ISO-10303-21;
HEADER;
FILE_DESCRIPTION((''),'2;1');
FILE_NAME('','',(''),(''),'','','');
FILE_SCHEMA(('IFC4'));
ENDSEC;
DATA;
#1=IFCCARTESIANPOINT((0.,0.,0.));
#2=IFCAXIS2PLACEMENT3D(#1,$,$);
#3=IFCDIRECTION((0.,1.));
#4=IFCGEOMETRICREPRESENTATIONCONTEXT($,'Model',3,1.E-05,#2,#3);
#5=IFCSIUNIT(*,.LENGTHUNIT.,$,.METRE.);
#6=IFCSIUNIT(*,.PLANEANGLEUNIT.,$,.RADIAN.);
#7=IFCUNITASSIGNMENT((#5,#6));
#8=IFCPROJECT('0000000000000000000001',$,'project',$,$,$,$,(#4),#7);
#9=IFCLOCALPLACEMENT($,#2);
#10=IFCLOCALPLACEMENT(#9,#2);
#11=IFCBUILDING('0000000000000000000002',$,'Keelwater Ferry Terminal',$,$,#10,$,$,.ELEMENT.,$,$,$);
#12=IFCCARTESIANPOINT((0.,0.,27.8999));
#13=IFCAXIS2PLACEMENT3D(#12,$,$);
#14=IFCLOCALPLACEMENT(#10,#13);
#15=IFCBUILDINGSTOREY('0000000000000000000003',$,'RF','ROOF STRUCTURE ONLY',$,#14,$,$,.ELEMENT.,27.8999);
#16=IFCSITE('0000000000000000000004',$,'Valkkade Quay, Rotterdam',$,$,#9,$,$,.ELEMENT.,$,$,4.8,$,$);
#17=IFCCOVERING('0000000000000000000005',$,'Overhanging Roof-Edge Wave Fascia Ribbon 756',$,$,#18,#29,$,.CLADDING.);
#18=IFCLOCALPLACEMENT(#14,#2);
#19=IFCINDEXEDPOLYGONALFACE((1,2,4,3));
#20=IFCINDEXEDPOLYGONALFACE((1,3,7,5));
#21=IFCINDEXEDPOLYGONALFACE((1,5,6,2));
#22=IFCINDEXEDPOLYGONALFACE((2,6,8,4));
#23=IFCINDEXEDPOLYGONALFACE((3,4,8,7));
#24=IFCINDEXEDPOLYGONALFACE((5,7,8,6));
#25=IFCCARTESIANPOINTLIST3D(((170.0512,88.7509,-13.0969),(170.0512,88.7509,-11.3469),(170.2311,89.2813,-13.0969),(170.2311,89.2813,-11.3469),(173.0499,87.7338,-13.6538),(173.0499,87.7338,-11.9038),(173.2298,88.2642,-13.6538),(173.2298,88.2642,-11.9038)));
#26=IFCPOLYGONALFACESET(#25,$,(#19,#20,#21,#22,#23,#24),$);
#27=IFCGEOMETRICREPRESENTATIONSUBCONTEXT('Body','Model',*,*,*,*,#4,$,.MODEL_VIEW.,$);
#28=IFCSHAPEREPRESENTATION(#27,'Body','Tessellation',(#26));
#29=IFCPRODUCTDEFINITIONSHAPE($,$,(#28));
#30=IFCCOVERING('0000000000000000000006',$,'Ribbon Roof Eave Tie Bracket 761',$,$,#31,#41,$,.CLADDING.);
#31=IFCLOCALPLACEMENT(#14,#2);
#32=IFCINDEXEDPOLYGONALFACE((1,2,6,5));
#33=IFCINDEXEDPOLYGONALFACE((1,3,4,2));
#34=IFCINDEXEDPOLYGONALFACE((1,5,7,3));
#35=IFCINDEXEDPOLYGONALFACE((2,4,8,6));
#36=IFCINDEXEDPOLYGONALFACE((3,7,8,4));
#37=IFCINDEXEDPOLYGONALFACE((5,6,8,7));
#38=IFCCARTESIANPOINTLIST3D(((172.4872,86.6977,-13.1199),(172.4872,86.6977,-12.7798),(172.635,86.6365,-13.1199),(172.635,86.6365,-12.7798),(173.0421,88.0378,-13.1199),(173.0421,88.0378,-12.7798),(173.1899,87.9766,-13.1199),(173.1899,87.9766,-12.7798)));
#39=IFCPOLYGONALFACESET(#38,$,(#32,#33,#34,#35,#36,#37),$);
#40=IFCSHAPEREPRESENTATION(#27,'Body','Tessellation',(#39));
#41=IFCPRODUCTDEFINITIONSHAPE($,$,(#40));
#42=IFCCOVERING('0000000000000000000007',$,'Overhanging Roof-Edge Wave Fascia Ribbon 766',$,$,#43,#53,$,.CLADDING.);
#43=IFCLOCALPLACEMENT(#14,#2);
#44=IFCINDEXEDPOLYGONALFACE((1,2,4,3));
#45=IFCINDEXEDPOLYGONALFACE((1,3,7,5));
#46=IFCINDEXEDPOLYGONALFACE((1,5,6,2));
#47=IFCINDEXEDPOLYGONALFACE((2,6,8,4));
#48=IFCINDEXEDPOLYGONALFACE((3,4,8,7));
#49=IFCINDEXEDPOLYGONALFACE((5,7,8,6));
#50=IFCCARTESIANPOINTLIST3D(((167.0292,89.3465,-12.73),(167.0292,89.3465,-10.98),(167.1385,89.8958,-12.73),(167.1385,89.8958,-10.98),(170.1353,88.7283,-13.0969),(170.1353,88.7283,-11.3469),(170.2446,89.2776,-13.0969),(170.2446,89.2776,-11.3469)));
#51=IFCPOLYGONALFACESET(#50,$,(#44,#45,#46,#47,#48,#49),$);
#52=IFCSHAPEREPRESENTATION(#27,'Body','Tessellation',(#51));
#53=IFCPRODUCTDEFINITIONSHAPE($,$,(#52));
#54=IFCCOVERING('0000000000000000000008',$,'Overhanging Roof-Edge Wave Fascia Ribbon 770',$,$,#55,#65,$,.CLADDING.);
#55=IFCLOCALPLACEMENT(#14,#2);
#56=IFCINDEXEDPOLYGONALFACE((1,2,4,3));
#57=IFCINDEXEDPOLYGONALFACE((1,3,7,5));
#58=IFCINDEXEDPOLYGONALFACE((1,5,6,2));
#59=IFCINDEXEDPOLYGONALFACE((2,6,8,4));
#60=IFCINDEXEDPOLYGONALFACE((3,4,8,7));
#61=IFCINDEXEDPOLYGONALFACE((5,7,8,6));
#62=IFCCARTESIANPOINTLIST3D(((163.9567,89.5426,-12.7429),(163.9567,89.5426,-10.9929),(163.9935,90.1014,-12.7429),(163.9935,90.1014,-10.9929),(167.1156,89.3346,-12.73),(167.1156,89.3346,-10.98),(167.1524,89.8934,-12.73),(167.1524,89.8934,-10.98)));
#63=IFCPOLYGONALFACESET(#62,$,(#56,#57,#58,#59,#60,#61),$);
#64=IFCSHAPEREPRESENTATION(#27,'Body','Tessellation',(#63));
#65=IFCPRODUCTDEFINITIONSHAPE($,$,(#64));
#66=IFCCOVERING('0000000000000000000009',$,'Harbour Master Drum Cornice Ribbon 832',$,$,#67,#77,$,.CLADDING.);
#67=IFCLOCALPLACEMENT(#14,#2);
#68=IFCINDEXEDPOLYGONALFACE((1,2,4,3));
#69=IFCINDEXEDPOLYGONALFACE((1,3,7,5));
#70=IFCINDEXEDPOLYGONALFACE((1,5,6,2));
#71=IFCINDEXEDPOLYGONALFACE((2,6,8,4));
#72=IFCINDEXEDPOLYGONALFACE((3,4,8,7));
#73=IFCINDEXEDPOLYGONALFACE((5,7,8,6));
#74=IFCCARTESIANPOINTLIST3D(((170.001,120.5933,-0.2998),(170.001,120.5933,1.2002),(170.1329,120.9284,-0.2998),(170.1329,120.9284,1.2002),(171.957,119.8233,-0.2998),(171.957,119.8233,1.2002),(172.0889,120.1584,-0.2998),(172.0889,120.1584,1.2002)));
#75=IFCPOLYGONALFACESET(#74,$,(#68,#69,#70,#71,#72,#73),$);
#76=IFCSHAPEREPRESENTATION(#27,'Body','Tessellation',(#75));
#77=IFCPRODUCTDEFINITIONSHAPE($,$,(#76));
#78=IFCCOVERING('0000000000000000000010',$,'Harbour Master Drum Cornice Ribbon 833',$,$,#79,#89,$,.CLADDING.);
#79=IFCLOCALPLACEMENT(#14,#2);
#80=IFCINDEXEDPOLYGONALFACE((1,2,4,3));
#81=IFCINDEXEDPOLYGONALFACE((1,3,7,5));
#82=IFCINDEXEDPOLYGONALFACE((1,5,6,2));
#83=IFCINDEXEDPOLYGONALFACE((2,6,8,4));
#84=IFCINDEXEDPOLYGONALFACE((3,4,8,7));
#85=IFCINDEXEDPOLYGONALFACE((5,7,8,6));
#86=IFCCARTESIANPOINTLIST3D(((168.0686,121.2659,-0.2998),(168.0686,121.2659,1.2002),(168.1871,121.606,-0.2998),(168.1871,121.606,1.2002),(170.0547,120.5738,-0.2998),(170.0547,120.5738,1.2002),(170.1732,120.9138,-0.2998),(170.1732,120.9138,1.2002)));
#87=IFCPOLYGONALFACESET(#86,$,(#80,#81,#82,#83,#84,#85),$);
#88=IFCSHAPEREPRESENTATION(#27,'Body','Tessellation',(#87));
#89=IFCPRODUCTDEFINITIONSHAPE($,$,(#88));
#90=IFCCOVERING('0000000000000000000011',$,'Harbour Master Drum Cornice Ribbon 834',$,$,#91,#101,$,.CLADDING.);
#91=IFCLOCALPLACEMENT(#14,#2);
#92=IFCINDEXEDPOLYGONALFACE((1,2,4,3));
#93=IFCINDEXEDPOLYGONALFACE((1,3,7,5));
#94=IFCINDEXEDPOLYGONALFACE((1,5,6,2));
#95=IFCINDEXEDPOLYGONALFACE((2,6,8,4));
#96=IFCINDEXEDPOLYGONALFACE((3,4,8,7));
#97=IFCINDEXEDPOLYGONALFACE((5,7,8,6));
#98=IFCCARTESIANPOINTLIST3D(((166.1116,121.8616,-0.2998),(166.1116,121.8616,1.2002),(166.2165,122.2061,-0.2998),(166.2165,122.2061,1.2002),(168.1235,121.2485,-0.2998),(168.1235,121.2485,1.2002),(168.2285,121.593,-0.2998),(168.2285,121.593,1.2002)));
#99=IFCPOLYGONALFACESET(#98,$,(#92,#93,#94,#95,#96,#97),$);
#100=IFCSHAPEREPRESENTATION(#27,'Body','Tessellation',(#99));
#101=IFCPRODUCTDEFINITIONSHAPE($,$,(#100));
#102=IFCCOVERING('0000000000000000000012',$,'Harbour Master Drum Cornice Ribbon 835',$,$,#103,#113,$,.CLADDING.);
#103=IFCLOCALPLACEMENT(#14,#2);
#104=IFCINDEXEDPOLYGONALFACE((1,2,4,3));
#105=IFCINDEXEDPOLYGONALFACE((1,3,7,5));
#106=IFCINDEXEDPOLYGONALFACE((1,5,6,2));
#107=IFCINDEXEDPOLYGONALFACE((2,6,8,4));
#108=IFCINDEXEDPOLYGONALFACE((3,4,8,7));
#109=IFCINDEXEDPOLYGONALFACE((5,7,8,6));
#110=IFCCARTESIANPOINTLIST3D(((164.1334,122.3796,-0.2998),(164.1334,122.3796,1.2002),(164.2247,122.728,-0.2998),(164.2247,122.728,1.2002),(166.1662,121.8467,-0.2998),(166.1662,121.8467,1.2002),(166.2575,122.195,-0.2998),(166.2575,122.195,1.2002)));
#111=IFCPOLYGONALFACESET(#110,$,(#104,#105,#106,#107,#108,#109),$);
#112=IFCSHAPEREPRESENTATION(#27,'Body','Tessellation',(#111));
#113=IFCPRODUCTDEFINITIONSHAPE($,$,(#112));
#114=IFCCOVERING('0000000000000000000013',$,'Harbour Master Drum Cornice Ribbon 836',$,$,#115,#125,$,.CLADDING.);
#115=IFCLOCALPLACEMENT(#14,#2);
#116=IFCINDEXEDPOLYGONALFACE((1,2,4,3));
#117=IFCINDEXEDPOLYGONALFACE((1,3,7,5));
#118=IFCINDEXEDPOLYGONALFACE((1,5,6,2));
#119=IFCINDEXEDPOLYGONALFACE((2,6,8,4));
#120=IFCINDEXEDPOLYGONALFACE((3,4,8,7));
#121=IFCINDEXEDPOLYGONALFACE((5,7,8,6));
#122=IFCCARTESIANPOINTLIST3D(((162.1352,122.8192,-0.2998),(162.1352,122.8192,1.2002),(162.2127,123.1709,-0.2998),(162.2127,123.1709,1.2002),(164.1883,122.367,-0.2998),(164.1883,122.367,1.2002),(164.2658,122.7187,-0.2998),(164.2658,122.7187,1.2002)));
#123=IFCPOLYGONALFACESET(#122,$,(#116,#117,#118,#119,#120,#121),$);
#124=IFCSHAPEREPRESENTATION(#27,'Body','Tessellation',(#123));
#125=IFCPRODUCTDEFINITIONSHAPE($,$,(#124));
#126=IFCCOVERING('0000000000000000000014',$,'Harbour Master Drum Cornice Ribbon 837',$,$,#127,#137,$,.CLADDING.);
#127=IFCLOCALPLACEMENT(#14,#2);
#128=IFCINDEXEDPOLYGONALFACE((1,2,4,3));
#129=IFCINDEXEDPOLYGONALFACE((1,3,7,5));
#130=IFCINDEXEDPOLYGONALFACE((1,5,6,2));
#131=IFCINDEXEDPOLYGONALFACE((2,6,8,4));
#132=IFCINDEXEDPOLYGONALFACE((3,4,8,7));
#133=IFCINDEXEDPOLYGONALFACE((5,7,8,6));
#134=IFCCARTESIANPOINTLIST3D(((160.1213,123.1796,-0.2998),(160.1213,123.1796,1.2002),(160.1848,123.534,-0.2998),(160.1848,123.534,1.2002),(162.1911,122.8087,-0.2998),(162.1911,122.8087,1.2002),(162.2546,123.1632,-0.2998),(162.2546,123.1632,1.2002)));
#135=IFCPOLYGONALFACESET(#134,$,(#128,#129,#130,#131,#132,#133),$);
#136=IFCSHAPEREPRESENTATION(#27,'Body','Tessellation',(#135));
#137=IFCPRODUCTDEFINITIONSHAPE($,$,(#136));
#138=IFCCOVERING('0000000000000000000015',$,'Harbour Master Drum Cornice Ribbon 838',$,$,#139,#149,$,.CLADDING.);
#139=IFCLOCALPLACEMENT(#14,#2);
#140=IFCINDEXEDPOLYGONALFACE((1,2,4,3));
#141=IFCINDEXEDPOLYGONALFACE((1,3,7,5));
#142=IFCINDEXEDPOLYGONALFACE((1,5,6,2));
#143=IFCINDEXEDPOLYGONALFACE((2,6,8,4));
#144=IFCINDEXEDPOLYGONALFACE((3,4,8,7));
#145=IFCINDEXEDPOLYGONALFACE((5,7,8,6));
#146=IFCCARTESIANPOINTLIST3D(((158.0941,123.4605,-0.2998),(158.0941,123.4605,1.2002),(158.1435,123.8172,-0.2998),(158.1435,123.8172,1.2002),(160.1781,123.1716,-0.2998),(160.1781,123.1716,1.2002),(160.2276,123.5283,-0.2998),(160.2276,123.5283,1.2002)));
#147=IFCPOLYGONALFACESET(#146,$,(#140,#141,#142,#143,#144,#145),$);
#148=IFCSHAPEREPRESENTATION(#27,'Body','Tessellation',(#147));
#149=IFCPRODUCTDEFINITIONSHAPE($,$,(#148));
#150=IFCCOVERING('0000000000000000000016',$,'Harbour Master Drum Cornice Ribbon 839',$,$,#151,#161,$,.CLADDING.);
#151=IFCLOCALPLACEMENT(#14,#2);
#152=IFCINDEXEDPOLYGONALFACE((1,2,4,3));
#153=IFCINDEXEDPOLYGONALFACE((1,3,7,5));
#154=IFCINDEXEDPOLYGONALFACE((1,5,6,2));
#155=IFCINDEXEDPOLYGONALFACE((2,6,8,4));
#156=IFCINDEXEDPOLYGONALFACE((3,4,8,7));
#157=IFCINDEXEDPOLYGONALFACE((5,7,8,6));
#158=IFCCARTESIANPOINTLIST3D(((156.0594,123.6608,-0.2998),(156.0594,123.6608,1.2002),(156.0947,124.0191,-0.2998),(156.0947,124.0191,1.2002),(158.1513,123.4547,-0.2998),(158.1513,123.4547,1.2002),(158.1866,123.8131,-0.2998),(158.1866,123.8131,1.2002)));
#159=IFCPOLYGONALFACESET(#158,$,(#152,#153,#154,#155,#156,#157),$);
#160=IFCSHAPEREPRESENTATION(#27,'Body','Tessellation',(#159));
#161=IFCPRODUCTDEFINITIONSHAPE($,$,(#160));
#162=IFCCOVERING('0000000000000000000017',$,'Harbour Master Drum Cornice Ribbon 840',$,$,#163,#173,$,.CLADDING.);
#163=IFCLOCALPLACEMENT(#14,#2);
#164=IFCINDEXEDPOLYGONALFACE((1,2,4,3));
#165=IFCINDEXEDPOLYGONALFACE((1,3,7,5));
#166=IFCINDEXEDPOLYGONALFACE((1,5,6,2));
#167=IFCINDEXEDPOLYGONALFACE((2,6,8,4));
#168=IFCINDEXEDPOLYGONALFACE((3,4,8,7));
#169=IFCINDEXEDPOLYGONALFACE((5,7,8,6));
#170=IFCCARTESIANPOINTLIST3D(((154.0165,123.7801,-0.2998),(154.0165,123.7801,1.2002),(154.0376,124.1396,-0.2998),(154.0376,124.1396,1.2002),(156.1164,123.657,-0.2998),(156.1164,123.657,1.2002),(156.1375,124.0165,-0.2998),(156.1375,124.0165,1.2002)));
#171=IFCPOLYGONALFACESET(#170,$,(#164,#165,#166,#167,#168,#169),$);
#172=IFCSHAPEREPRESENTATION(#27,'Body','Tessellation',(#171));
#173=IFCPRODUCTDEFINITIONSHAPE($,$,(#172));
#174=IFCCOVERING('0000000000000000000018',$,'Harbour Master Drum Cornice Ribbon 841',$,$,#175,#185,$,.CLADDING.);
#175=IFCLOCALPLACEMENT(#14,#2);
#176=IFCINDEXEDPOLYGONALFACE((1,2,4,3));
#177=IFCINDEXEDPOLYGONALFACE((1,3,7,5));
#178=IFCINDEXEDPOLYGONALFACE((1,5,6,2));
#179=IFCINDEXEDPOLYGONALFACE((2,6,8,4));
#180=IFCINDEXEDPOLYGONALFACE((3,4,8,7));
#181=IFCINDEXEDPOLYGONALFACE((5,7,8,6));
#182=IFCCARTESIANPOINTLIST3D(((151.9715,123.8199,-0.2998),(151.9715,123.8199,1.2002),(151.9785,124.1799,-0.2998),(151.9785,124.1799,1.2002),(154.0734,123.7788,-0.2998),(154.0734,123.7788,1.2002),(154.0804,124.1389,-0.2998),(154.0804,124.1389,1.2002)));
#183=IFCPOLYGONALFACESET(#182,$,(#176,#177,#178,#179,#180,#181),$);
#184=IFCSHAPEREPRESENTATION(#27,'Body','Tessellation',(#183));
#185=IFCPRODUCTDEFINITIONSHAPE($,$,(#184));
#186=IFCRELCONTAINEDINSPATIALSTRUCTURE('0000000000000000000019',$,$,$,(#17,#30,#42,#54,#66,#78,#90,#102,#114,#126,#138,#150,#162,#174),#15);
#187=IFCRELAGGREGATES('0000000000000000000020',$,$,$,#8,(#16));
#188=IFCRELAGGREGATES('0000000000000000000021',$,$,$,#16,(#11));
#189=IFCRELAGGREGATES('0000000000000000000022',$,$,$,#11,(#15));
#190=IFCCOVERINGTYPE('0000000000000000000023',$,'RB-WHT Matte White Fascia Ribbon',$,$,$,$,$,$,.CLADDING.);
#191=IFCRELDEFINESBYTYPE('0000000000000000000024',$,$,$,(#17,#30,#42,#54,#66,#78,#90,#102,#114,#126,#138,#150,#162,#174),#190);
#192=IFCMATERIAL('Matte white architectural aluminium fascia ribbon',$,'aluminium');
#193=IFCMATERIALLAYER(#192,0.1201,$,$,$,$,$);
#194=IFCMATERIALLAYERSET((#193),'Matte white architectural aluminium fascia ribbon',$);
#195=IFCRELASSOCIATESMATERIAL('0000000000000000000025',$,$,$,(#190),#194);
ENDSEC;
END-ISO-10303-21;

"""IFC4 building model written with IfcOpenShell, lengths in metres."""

from ifc_helpers import new_model, si_unit, direction, frame, frame_2d, origin, place, context, subcontext, project, spatial, polyline, rectangle, outline, extrude, material, layer, layer_set, type_object, element, save


model = new_model("IFC4")

# Units and contexts
model_context = context("Model", 3, precision=1e-05, world=origin(), true_north=direction((0.0, 1.0)))
body_context = subcontext(model_context, "Body", "Model", "MODEL_VIEW")
ifc_project = project(units=[si_unit("LENGTHUNIT", "METRE"), si_unit("PLANEANGLEUNIT", "RADIAN")], contexts=[model_context])

# Site, building, storey
site_placement = place(None, origin())
site = spatial("IfcSite", under=ifc_project, at=site_placement, Name="Valkkade Quay, Rotterdam", CompositionType="ELEMENT", RefElevation=4.8)
building_placement = place(site_placement, origin())
building = spatial("IfcBuilding", under=site, at=building_placement, Name="Keelwater Ferry Terminal", CompositionType="ELEMENT")
storey_placement = place(building_placement, frame((0.0, 0.0, 27.8999)))
storey = spatial("IfcBuildingStorey", under=building, at=storey_placement, Name="RF", Description="ROOF STRUCTURE ONLY", CompositionType="ELEMENT", Elevation=27.8999)

# Coverings
ifc_material_1 = material(Name="Matte white architectural aluminium fascia ribbon", Category="aluminium")
ifc_layer_1 = layer(ifc_material_1, 0.1201)
ifc_layer_set_1 = layer_set([ifc_layer_1], Name="Matte white architectural aluminium fascia ribbon")
covering_type = type_object("IfcCoveringType", Name="RB-WHT Matte White Fascia Ribbon", PredefinedType="CLADDING", material=ifc_layer_set_1)
covering_1_placement = place(storey_placement, frame((173.1399, 87.999, -13.6538), z_axis=(0.0, 0.0, 1.0), x_axis=(-0.947013, 0.321196, 0.0)))
element("IfcCovering", 1, at=covering_1_placement, inside=storey, type_object=covering_type, Name="Overhanging Roof-Edge Wave Fascia Ribbon 756", PredefinedType="CLADDING", context=body_context, shape_type="SweptSolid", body=[
    extrude(outline(polyline([(0.0, 0.0), (3.1665, 0.5569), (3.1665, 2.3069), (0.0, 1.75), (0.0, 0.0)])), frame((0.0, 0.28, 0.0), z_axis=(0.0, -1.0, 0.0), x_axis=(1.0, 0.0, 0.0)), (0.0, 0.0, 1.0), 0.5601),
])
covering_2_placement = place(storey_placement, frame((173.116, 88.0071, -13.1199), z_axis=(0.0, 0.0, 1.0), x_axis=(-0.382595, -0.923916, 0.0)))
element("IfcCovering", 2, at=covering_2_placement, inside=storey, type_object=covering_type, Name="Ribbon Roof Eave Tie Bracket 761", PredefinedType="CLADDING", context=body_context, shape_type="SweptSolid", body=[
    extrude(rectangle(XDim=1.4504, YDim=0.1599, at=frame_2d((0.7251, 0.0))), origin(), (0.0, 0.0, 1.0), 0.3401),
])
covering_3_placement = place(storey_placement, frame((170.1899, 89.0029, -13.0969), z_axis=(0.0, 0.0, 1.0), x_axis=(-0.980764, 0.195197, 0.0)))
element("IfcCovering", 3, at=covering_3_placement, inside=storey, type_object=covering_type, Name="Overhanging Roof-Edge Wave Fascia Ribbon 766", PredefinedType="CLADDING", context=body_context, shape_type="SweptSolid", body=[
    extrude(outline(polyline([(0.0, 0.0), (3.167, 0.3669), (3.167, 2.1169), (0.0, 1.75), (0.0, 0.0)])), frame((0.0, 0.28, 0.0), z_axis=(0.0, -1.0, 0.0), x_axis=(1.0, 0.0, 0.0)), (0.0, 0.0, 1.0), 0.5601),
])
covering_4_placement = place(storey_placement, frame((167.134, 89.614, -12.7429), z_axis=(0.0, 0.0, 1.0), x_axis=(-0.997839, 0.065705, 0.0)))
element("IfcCovering", 4, at=covering_4_placement, inside=storey, type_object=covering_type, Name="Overhanging Roof-Edge Wave Fascia Ribbon 770", PredefinedType="CLADDING", context=body_context, shape_type="SweptSolid", body=[
    extrude(outline(polyline([(0.0, 0.0129), (3.1658, 0.0), (3.1658, 1.75), (0.0, 1.7629), (0.0, 0.0129)])), frame((0.0, 0.28, 0.0), z_axis=(0.0, -1.0, 0.0), x_axis=(1.0, 0.0, 0.0)), (0.0, 0.0, 1.0), 0.5601),
])
covering_5_placement = place(storey_placement, frame((172.0229, 119.991, -0.2998), z_axis=(0.0, 0.0, 1.0), x_axis=(-0.930497, 0.366299, 0.0)))
element("IfcCovering", 5, at=covering_5_placement, inside=storey, type_object=covering_type, Name="Harbour Master Drum Cornice Ribbon 832", PredefinedType="CLADDING", context=body_context, shape_type="SweptSolid", body=[
    extrude(outline(polyline([(0.0, 0.0), (2.1021, 0.0), (2.1021, 1.5), (0.0, 1.5), (0.0, 0.0)])), frame((0.0, 0.1802, 0.0), z_axis=(0.0, -1.0, 0.0), x_axis=(1.0, 0.0, 0.0)), (0.0, 0.0, 1.0), 0.3601),
])
for number, where, z_axis, x_axis, name in (
    (6, (170.114, 120.7439, -0.2998), (0.0, 0.0, 1.0), (-0.944301, 0.329083, 0.0), "Harbour Master Drum Cornice Ribbon 833"),
    (7, (168.176, 121.4209, -0.2998), (0.0, 0.0, 1.0), (-0.956581, 0.291466, 0.0), "Harbour Master Drum Cornice Ribbon 834"),
):
    element("IfcCovering", number, at=place(storey_placement, frame(where, z_axis=z_axis, x_axis=x_axis)), inside=storey, type_object=covering_type, Name=name, PredefinedType="CLADDING", context=body_context, shape_type="SweptSolid", body=[
        extrude(outline(polyline([(0.0, 0.0), (2.1033, 0.0), (2.1033, 1.5), (0.0, 1.5), (0.0, 0.0)])), frame((0.0, 0.1802, 0.0), z_axis=(0.0, -1.0, 0.0), x_axis=(1.0, 0.0, 0.0)), (0.0, 0.0, 1.0), 0.3601),
    ])
covering_6_placement = place(storey_placement, frame((166.2119, 122.021, -0.2998), z_axis=(0.0, 0.0, 1.0), x_axis=(-0.967312, 0.25359, 0.0)))
element("IfcCovering", 8, at=covering_6_placement, inside=storey, type_object=covering_type, Name="Harbour Master Drum Cornice Ribbon 835", PredefinedType="CLADDING", context=body_context, shape_type="SweptSolid", body=[
    extrude(outline(polyline([(0.0, 0.0), (2.1016, 0.0), (2.1016, 1.5), (0.0, 1.5), (0.0, 0.0)])), frame((0.0, 0.1802, 0.0), z_axis=(0.0, -1.0, 0.0), x_axis=(1.0, 0.0, 0.0)), (0.0, 0.0, 1.0), 0.3601),
])
covering_7_placement = place(storey_placement, frame((164.2271, 122.543, -0.2998), z_axis=(0.0, 0.0, 1.0), x_axis=(-0.976595, 0.215086, 0.0)))
element("IfcCovering", 9, at=covering_7_placement, inside=storey, type_object=covering_type, Name="Harbour Master Drum Cornice Ribbon 836", PredefinedType="CLADDING", context=body_context, shape_type="SweptSolid", body=[
    extrude(outline(polyline([(0.0, 0.0), (2.1023, 0.0), (2.1023, 1.5), (0.0, 1.5), (0.0, 0.0)])), frame((0.0, 0.1802, 0.0), z_axis=(0.0, -1.0, 0.0), x_axis=(1.0, 0.0, 0.0)), (0.0, 0.0, 1.0), 0.3601),
])
covering_8_placement = place(storey_placement, frame((162.2229, 122.9861, -0.2998), z_axis=(0.0, 0.0, 1.0), x_axis=(-0.984326, 0.176361, 0.0)))
element("IfcCovering", 10, at=covering_8_placement, inside=storey, type_object=covering_type, Name="Harbour Master Drum Cornice Ribbon 837", PredefinedType="CLADDING", context=body_context, shape_type="SweptSolid", body=[
    extrude(outline(polyline([(0.0, 0.0), (2.1028, 0.0), (2.1028, 1.5), (0.0, 1.5), (0.0, 0.0)])), frame((0.0, 0.1802, 0.0), z_axis=(0.0, -1.0, 0.0), x_axis=(1.0, 0.0, 0.0)), (0.0, 0.0, 1.0), 0.3601),
])
covering_9_placement = place(storey_placement, frame((160.2029, 123.3501, -0.2998), z_axis=(0.0, 0.0, 1.0), x_axis=(-0.990533, 0.137277, 0.0)))
element("IfcCovering", 11, at=covering_9_placement, inside=storey, type_object=covering_type, Name="Harbour Master Drum Cornice Ribbon 838", PredefinedType="CLADDING", context=body_context, shape_type="SweptSolid", body=[
    extrude(outline(polyline([(0.0, 0.0), (2.104, 0.0), (2.104, 1.5), (0.0, 1.5), (0.0, 0.0)])), frame((0.0, 0.1802, 0.0), z_axis=(0.0, -1.0, 0.0), x_axis=(1.0, 0.0, 0.0)), (0.0, 0.0, 1.0), 0.3601),
])
covering_10_placement = place(storey_placement, frame((158.1689, 123.634, -0.2998), z_axis=(0.0, 0.0, 1.0), x_axis=(-0.995184, 0.09802, 0.0)))
element("IfcCovering", 12, at=covering_10_placement, inside=storey, type_object=covering_type, Name="Harbour Master Drum Cornice Ribbon 839", PredefinedType="CLADDING", context=body_context, shape_type="SweptSolid", body=[
    extrude(outline(polyline([(0.0, 0.0), (2.1021, 0.0), (2.1021, 1.5), (0.0, 1.5), (0.0, 0.0)])), frame((0.0, 0.1802, 0.0), z_axis=(0.0, -1.0, 0.0), x_axis=(1.0, 0.0, 0.0)), (0.0, 0.0, 1.0), 0.3601),
])
covering_11_placement = place(storey_placement, frame((156.127, 123.8369, -0.2998), z_axis=(0.0, 0.0, 1.0), x_axis=(-0.998288, 0.058497, 0.0)))
element("IfcCovering", 13, at=covering_11_placement, inside=storey, type_object=covering_type, Name="Harbour Master Drum Cornice Ribbon 840", PredefinedType="CLADDING", context=body_context, shape_type="SweptSolid", body=[
    extrude(outline(polyline([(0.0, 0.0), (2.1035, 0.0), (2.1035, 1.5), (0.0, 1.5), (0.0, 0.0)])), frame((0.0, 0.1802, 0.0), z_axis=(0.0, -1.0, 0.0), x_axis=(1.0, 0.0, 0.0)), (0.0, 0.0, 1.0), 0.3601),
])
for number, where, z_axis, x_axis, name in (
    (14, (154.0769, 123.959, -0.2998), (0.0, 0.0, 1.0), (-0.99981, 0.019511, 0.0), "Harbour Master Drum Cornice Ribbon 841"),
):
    element("IfcCovering", number, at=place(storey_placement, frame(where, z_axis=z_axis, x_axis=x_axis)), inside=storey, type_object=covering_type, Name=name, PredefinedType="CLADDING", context=body_context, shape_type="SweptSolid", body=[
        extrude(outline(polyline([(0.0, 0.0), (2.1023, 0.0), (2.1023, 1.5), (0.0, 1.5), (0.0, 0.0)])), frame((0.0, 0.1802, 0.0), z_axis=(0.0, -1.0, 0.0), x_axis=(1.0, 0.0, 0.0)), (0.0, 0.0, 1.0), 0.3601),
    ])

save(model, "model.ifc")
